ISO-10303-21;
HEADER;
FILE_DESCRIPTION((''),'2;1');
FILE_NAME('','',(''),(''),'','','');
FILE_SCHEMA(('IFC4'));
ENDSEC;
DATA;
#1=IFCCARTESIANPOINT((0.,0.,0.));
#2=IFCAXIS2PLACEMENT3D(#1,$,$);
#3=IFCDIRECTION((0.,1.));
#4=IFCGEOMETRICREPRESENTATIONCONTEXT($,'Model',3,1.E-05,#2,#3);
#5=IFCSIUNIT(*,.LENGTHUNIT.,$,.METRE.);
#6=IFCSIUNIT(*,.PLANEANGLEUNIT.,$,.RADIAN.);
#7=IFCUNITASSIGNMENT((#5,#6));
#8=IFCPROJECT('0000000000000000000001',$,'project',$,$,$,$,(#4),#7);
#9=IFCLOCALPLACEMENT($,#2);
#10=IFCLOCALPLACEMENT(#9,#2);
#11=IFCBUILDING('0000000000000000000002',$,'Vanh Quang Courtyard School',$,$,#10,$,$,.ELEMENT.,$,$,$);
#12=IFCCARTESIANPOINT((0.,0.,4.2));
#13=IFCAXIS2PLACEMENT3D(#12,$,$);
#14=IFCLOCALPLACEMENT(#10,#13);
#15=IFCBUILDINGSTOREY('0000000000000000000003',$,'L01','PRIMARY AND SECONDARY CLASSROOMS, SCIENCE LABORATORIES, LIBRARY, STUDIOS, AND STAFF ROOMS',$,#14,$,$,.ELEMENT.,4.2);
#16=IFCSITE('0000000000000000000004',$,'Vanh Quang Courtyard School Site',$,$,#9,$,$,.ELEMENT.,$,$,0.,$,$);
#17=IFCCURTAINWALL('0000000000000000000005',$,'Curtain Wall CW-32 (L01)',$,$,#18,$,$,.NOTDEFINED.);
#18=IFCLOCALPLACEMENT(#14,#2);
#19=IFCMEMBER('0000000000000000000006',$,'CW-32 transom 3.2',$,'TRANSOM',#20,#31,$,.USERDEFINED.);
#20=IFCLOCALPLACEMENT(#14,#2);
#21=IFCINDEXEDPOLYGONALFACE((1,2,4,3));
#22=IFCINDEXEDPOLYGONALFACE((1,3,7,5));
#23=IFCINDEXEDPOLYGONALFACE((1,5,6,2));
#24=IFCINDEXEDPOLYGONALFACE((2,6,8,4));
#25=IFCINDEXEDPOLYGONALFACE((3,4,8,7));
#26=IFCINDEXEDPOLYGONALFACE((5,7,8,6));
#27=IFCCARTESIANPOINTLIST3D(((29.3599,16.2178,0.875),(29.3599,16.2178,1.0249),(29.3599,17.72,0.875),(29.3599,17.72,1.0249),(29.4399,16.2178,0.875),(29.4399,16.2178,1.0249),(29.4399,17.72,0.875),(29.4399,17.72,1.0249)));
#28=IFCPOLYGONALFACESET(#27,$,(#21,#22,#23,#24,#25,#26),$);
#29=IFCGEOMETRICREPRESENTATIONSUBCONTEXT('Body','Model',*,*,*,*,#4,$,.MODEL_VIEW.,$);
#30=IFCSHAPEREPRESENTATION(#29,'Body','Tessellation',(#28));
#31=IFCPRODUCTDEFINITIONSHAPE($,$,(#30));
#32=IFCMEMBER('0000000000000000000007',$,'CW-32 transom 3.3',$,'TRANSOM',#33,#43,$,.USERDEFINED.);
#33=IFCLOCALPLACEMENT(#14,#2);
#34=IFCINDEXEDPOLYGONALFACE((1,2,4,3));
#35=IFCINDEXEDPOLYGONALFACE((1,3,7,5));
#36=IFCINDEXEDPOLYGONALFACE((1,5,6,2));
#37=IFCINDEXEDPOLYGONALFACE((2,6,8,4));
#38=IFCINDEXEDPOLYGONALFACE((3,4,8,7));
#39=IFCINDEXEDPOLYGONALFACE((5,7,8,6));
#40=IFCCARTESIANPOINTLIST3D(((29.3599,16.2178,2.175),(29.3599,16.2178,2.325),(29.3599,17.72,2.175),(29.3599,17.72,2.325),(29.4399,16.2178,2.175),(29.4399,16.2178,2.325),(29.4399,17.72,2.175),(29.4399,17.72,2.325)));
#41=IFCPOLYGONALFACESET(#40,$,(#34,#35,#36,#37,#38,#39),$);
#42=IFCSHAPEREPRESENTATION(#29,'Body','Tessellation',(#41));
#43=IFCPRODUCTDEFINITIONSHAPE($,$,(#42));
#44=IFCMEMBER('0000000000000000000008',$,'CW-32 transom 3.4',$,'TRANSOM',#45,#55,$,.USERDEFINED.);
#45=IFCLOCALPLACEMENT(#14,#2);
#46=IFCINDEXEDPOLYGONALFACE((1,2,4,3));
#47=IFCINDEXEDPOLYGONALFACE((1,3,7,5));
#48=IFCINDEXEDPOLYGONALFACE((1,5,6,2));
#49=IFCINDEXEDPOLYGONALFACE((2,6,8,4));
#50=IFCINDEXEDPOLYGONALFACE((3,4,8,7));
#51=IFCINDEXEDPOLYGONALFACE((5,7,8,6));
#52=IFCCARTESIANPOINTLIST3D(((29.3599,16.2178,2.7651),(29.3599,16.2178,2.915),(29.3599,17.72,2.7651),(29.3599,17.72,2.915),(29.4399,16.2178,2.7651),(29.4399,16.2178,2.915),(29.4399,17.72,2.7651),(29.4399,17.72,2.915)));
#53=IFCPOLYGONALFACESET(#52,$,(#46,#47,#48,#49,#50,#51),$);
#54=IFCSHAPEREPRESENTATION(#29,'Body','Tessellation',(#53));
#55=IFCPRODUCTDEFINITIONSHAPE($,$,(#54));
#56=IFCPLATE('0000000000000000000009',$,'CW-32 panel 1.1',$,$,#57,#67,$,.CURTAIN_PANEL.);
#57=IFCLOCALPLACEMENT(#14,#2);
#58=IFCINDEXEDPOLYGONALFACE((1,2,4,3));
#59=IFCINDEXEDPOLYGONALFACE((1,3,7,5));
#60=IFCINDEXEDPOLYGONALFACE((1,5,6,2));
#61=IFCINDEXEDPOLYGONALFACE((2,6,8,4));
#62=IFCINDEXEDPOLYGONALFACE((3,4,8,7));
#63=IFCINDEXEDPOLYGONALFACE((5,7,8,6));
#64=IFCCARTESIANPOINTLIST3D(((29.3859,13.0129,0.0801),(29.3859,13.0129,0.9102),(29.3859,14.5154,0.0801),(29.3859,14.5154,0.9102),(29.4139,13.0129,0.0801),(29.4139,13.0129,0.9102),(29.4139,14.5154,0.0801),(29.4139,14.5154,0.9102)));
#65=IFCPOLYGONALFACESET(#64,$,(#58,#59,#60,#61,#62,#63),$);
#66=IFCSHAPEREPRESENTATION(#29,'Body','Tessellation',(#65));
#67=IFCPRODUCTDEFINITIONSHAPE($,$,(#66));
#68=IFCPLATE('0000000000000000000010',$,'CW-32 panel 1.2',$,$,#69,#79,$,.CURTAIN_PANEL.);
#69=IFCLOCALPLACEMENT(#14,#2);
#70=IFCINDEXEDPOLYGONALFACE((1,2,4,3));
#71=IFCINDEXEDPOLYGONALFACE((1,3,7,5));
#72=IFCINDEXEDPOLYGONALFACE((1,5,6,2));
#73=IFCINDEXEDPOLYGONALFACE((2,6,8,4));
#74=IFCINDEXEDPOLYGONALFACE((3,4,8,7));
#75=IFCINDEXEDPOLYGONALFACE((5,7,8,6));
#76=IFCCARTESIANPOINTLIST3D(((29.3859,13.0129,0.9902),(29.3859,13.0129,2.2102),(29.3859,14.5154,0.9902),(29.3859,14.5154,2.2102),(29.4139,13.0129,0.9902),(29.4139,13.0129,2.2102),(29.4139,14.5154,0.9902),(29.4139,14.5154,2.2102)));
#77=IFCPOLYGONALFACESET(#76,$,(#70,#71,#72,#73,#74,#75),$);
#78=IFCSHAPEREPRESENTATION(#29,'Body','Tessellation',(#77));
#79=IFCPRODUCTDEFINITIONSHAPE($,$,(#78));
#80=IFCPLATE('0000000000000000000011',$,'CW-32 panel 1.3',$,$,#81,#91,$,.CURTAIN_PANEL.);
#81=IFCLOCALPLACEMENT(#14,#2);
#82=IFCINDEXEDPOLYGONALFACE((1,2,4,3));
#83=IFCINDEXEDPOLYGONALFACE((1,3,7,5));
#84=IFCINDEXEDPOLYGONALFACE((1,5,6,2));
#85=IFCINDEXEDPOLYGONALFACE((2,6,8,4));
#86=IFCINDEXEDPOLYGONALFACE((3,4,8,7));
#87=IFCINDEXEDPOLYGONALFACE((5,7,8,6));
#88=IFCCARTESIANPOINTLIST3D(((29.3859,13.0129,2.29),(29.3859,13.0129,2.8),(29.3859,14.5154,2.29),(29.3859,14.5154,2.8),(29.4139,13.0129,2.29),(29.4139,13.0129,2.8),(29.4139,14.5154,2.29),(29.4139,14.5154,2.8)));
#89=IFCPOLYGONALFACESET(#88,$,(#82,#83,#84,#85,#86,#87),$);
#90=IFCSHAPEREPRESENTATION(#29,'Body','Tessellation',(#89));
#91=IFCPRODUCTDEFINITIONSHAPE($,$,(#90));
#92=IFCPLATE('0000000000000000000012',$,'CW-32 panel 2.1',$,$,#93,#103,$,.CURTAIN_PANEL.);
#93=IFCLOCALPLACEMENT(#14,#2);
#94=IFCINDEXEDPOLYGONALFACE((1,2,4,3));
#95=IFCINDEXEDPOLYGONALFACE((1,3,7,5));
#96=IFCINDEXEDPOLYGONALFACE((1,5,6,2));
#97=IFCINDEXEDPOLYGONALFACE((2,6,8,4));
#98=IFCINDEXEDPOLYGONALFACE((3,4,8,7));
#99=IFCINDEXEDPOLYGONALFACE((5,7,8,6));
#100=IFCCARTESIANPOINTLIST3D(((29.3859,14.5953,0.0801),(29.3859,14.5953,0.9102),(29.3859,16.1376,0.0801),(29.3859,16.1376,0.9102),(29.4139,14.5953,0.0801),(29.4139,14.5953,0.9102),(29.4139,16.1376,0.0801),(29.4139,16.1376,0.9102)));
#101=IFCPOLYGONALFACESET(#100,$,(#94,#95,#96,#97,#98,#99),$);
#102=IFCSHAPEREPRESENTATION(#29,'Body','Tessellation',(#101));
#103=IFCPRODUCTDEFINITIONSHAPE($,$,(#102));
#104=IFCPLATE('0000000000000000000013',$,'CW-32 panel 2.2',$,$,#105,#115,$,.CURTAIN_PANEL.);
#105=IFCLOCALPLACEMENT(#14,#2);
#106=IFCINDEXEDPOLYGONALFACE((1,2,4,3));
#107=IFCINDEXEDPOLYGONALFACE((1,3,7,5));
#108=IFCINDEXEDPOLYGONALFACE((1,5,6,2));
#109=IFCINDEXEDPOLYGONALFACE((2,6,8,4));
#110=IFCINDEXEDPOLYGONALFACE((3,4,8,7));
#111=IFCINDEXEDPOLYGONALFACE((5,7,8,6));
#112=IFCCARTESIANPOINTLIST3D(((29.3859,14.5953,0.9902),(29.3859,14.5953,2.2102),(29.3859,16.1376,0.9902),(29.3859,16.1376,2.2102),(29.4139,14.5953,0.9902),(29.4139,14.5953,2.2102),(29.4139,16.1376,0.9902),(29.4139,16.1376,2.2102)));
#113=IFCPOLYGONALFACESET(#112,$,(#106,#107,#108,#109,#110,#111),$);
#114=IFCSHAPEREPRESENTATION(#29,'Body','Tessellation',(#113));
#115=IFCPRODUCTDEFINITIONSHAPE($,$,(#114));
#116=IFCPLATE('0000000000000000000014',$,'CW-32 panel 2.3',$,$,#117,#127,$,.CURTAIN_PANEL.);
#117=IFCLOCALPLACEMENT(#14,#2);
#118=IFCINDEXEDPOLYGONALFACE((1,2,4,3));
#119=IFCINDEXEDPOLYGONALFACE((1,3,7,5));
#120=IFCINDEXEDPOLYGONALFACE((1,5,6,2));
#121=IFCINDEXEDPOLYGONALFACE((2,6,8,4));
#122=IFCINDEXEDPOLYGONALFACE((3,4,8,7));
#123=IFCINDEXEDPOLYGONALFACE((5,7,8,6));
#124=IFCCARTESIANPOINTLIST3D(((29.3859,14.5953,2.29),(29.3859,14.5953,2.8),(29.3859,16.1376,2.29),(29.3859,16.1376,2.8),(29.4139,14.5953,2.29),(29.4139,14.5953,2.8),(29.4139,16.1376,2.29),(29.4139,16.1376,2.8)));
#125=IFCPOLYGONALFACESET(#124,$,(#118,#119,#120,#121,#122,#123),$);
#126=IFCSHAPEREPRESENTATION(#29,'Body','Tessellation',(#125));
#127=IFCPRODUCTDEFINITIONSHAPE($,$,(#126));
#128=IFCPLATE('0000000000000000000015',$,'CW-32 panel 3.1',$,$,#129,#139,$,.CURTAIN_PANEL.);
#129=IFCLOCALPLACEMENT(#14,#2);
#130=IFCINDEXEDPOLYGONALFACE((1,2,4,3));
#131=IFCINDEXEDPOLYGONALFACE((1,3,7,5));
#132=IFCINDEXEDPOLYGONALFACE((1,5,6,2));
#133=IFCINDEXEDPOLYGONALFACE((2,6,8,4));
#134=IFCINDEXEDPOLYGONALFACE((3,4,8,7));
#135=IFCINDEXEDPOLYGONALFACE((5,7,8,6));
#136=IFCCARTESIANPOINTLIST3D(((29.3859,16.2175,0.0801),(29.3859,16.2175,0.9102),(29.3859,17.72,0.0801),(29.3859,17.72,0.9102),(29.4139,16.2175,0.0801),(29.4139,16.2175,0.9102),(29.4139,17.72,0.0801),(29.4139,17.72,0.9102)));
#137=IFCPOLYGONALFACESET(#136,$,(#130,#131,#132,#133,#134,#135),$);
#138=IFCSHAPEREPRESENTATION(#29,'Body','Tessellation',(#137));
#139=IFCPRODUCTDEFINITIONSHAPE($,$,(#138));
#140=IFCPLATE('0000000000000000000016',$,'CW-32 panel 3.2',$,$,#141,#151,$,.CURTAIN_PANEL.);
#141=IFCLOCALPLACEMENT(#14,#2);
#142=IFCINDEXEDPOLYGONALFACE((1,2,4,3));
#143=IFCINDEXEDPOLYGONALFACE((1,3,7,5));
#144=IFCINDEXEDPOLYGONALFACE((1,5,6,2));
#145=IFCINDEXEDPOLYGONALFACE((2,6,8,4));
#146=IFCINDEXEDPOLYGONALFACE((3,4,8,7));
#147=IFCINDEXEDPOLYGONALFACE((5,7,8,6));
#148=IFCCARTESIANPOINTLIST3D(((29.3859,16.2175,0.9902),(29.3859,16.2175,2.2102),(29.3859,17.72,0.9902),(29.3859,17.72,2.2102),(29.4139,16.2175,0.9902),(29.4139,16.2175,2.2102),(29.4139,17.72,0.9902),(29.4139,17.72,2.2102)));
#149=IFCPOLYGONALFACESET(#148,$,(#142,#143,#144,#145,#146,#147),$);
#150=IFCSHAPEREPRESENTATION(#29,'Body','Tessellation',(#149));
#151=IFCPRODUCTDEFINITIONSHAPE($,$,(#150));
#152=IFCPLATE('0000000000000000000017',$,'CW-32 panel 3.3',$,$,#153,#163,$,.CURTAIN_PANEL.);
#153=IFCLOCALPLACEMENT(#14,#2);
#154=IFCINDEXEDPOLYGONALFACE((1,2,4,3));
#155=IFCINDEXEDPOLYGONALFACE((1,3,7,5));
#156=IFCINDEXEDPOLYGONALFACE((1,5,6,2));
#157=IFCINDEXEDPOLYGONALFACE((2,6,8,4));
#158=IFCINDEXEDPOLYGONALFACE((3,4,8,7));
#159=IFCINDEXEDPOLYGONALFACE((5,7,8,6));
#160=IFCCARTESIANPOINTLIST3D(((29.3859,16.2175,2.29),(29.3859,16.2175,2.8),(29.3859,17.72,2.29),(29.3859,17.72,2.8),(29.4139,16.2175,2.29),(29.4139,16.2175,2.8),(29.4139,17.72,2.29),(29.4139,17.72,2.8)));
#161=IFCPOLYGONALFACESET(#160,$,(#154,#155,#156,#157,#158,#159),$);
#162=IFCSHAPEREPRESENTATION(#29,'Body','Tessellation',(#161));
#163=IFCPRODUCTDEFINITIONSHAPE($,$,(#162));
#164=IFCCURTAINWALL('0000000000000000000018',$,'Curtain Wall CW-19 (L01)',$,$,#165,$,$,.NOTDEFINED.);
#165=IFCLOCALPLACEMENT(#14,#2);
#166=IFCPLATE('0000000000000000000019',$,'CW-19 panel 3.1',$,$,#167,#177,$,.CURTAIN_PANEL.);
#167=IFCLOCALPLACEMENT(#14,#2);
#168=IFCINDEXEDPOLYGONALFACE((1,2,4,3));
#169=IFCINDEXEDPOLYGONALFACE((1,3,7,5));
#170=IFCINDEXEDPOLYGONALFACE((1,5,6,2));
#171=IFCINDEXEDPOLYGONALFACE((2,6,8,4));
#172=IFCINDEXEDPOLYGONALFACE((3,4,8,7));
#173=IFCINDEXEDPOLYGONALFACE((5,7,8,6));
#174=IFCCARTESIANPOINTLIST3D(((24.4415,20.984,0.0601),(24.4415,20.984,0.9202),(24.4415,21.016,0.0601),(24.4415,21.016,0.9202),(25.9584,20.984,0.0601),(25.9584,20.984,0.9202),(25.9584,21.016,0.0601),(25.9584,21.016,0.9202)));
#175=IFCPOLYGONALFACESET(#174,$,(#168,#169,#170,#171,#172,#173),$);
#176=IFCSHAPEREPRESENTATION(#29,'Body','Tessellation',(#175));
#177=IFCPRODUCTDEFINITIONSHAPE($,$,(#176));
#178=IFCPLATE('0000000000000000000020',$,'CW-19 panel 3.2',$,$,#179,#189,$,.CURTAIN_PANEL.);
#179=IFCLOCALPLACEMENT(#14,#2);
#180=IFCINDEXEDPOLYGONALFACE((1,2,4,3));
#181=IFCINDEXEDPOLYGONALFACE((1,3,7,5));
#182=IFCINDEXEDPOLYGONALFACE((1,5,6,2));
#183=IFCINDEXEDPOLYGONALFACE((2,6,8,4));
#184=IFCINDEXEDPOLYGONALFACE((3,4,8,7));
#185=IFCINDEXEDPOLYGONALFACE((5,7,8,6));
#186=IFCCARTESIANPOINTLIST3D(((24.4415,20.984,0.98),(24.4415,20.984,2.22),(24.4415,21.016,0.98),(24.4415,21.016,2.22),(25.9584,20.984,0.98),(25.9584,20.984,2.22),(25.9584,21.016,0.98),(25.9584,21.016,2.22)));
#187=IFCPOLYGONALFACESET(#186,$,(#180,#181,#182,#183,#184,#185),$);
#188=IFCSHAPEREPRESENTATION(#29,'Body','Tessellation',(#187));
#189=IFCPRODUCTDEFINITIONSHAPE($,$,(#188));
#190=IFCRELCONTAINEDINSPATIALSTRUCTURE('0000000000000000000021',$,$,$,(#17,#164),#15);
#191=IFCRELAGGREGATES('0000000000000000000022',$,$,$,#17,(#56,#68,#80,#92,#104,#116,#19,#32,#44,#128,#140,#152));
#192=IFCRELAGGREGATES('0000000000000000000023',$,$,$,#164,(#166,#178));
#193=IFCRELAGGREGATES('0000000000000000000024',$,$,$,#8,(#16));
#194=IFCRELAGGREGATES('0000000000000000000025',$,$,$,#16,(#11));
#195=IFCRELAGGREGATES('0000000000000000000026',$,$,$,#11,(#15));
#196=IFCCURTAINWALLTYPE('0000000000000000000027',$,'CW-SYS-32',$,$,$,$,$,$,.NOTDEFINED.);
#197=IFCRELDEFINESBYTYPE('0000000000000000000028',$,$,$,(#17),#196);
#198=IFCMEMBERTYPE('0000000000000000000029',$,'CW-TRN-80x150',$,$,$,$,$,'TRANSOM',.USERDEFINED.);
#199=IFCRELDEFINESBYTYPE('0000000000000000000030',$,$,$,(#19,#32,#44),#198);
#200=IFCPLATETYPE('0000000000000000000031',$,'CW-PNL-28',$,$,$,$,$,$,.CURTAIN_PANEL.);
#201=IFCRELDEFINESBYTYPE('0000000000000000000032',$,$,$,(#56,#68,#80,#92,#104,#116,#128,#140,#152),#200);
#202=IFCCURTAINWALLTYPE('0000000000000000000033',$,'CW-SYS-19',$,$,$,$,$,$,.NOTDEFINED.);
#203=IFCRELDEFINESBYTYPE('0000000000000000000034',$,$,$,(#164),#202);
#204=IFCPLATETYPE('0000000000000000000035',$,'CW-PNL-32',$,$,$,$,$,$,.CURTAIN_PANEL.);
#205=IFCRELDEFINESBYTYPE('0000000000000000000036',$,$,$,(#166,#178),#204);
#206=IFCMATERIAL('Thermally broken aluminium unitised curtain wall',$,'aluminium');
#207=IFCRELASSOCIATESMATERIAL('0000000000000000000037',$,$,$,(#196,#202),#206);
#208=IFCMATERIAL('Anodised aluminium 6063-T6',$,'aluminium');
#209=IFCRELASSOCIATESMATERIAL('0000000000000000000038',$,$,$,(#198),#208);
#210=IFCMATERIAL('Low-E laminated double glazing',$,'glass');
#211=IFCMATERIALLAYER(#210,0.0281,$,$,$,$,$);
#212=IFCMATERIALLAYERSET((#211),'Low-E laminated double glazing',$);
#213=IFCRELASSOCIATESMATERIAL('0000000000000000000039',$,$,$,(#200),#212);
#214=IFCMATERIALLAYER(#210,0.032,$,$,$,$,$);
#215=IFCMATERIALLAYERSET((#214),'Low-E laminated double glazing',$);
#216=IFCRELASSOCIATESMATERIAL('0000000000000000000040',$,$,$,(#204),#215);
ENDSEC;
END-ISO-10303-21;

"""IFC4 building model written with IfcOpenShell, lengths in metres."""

from ifc_helpers import new_model, si_unit, direction, frame, origin, origin_2d, place, context, subcontext, project, spatial, rectangle, extrude, material, layer, layer_set, material_profile, profile_set, type_object, element, aggregate, save


model = new_model("IFC4")

# Units and contexts
model_context = context("Model", 3, precision=1e-05, world=origin(), true_north=direction((0.0, 1.0)))
body_context = subcontext(model_context, "Body", "Model", "MODEL_VIEW")
ifc_project = project(units=[si_unit("LENGTHUNIT", "METRE"), si_unit("PLANEANGLEUNIT", "RADIAN")], contexts=[model_context])

# Site, building, storey
site_placement = place(None, origin())
site = spatial("IfcSite", under=ifc_project, at=site_placement, Name="Vanh Quang Courtyard School Site", CompositionType="ELEMENT", RefElevation=0.0)
building_placement = place(site_placement, origin())
building = spatial("IfcBuilding", under=site, at=building_placement, Name="Vanh Quang Courtyard School", CompositionType="ELEMENT")
storey_placement = place(building_placement, frame((0.0, 0.0, 4.2)))
storey = spatial("IfcBuildingStorey", under=building, at=storey_placement, Name="L01", Description="PRIMARY AND SECONDARY CLASSROOMS, SCIENCE LABORATORIES, LIBRARY, STUDIOS, AND STAFF ROOMS", CompositionType="ELEMENT", Elevation=4.2)

# Curtain wall, members, plates
ifc_material_1 = material(Name="Thermally broken aluminium unitised curtain wall", Category="aluminium")
curtain_wall_type_1 = type_object("IfcCurtainWallType", Name="CW-SYS-32", PredefinedType="NOTDEFINED", material=ifc_material_1)
curtain_wall_1_placement = place(storey_placement, origin())
curtain_wall_1 = element("IfcCurtainWall", 1, at=curtain_wall_1_placement, inside=storey, type_object=curtain_wall_type_1, Name="Curtain Wall CW-32 (L01)", PredefinedType="NOTDEFINED")
ifc_material_2 = material(Name="Anodised aluminium 6063-T6", Category="aluminium")
ifc_material_profile_1 = material_profile(ifc_material_2, rectangle(XDim=0.0801, YDim=0.1499, at=origin_2d()), Name="ALU-TRN 80x150")
ifc_profile_set_1 = profile_set([ifc_material_profile_1], Name="Anodised aluminium 6063-T6")
member_type_1 = type_object("IfcMemberType", Name="CW-TRN-80x150", ElementType="TRANSOM", PredefinedType="USERDEFINED", material=ifc_profile_set_1)
member_1_placement = place(storey_placement, frame((29.3999, 16.2178, 0.95), z_axis=(0.0, 1.0, 0.0), x_axis=(-1.0, 0.0, 0.0)))
member_1 = element("IfcMember", 2, at=member_1_placement, type_object=member_type_1, Name="CW-32 transom 3.2", ObjectType="TRANSOM", PredefinedType="USERDEFINED", context=body_context, shape_type="SweptSolid", body=[
    extrude(rectangle(XDim=0.0801, YDim=0.1499, at=origin_2d()), origin(), (0.0, 0.0, 1.0), 1.5022),
])
member_2_placement = place(storey_placement, frame((29.3999, 16.2178, 2.25), z_axis=(0.0, 1.0, 0.0), x_axis=(-1.0, 0.0, 0.0)))
member_2 = element("IfcMember", 3, at=member_2_placement, type_object=member_type_1, Name="CW-32 transom 3.3", ObjectType="TRANSOM", PredefinedType="USERDEFINED", context=body_context, shape_type="SweptSolid", body=[
    extrude(rectangle(XDim=0.0801, YDim=0.1499, at=origin_2d()), origin(), (0.0, 0.0, 1.0), 1.5022),
])
member_3_placement = place(storey_placement, frame((29.3999, 16.2178, 2.8401), z_axis=(0.0, 1.0, 0.0), x_axis=(-1.0, 0.0, 0.0)))
member_3 = element("IfcMember", 4, at=member_3_placement, type_object=member_type_1, Name="CW-32 transom 3.4", ObjectType="TRANSOM", PredefinedType="USERDEFINED", context=body_context, shape_type="SweptSolid", body=[
    extrude(rectangle(XDim=0.0801, YDim=0.1499, at=origin_2d()), origin(), (0.0, 0.0, 1.0), 1.5022),
])
ifc_material_3 = material(Name="Low-E laminated double glazing", Category="glass")
ifc_layer_1 = layer(ifc_material_3, 0.0281)
ifc_layer_set_1 = layer_set([ifc_layer_1], Name="Low-E laminated double glazing")
plate_type_1 = type_object("IfcPlateType", Name="CW-PNL-28", PredefinedType="CURTAIN_PANEL", material=ifc_layer_set_1)
plate_1_placement = place(storey_placement, frame((29.3999, 13.7642, 0.0801), z_axis=(0.0, 0.0, 1.0), x_axis=(0.0, 1.0, 0.0)))
plate_1 = element("IfcPlate", 5, at=plate_1_placement, type_object=plate_type_1, Name="CW-32 panel 1.1", PredefinedType="CURTAIN_PANEL", context=body_context, shape_type="SweptSolid", body=[
    extrude(rectangle(XDim=1.5024, YDim=0.0281, at=origin_2d()), origin(), (0.0, 0.0, 1.0), 0.8301),
])
plate_2_placement = place(storey_placement, frame((29.3999, 13.7642, 0.9902), z_axis=(0.0, 0.0, 1.0), x_axis=(0.0, 1.0, 0.0)))
plate_2 = element("IfcPlate", 6, at=plate_2_placement, type_object=plate_type_1, Name="CW-32 panel 1.2", PredefinedType="CURTAIN_PANEL", context=body_context, shape_type="SweptSolid", body=[
    extrude(rectangle(XDim=1.5024, YDim=0.0281, at=origin_2d()), origin(), (0.0, 0.0, 1.0), 1.22),
])
plate_3_placement = place(storey_placement, frame((29.3999, 13.7642, 2.29), z_axis=(0.0, 0.0, 1.0), x_axis=(0.0, 1.0, 0.0)))
plate_3 = element("IfcPlate", 7, at=plate_3_placement, type_object=plate_type_1, Name="CW-32 panel 1.3", PredefinedType="CURTAIN_PANEL", context=body_context, shape_type="SweptSolid", body=[
    extrude(rectangle(XDim=1.5024, YDim=0.0281, at=origin_2d()), origin(), (0.0, 0.0, 1.0), 0.51),
])
plate_4_placement = place(storey_placement, frame((29.3999, 15.3665, 0.0801), z_axis=(0.0, 0.0, 1.0), x_axis=(0.0, 1.0, 0.0)))
plate_4 = element("IfcPlate", 8, at=plate_4_placement, type_object=plate_type_1, Name="CW-32 panel 2.1", PredefinedType="CURTAIN_PANEL", context=body_context, shape_type="SweptSolid", body=[
    extrude(rectangle(XDim=1.5422, YDim=0.0281, at=origin_2d()), origin(), (0.0, 0.0, 1.0), 0.8301),
])
plate_5_placement = place(storey_placement, frame((29.3999, 15.3665, 0.9902), z_axis=(0.0, 0.0, 1.0), x_axis=(0.0, 1.0, 0.0)))
plate_5 = element("IfcPlate", 9, at=plate_5_placement, type_object=plate_type_1, Name="CW-32 panel 2.2", PredefinedType="CURTAIN_PANEL", context=body_context, shape_type="SweptSolid", body=[
    extrude(rectangle(XDim=1.5422, YDim=0.0281, at=origin_2d()), origin(), (0.0, 0.0, 1.0), 1.22),
])
plate_6_placement = place(storey_placement, frame((29.3999, 15.3665, 2.29), z_axis=(0.0, 0.0, 1.0), x_axis=(0.0, 1.0, 0.0)))
plate_6 = element("IfcPlate", 10, at=plate_6_placement, type_object=plate_type_1, Name="CW-32 panel 2.3", PredefinedType="CURTAIN_PANEL", context=body_context, shape_type="SweptSolid", body=[
    extrude(rectangle(XDim=1.5422, YDim=0.0281, at=origin_2d()), origin(), (0.0, 0.0, 1.0), 0.51),
])
plate_7_placement = place(storey_placement, frame((29.3999, 16.9688, 0.0801), z_axis=(0.0, 0.0, 1.0), x_axis=(0.0, 1.0, 0.0)))
plate_7 = element("IfcPlate", 11, at=plate_7_placement, type_object=plate_type_1, Name="CW-32 panel 3.1", PredefinedType="CURTAIN_PANEL", context=body_context, shape_type="SweptSolid", body=[
    extrude(rectangle(XDim=1.5024, YDim=0.0281, at=origin_2d()), origin(), (0.0, 0.0, 1.0), 0.8301),
])
plate_8_placement = place(storey_placement, frame((29.3999, 16.9688, 0.9902), z_axis=(0.0, 0.0, 1.0), x_axis=(0.0, 1.0, 0.0)))
plate_8 = element("IfcPlate", 12, at=plate_8_placement, type_object=plate_type_1, Name="CW-32 panel 3.2", PredefinedType="CURTAIN_PANEL", context=body_context, shape_type="SweptSolid", body=[
    extrude(rectangle(XDim=1.5024, YDim=0.0281, at=origin_2d()), origin(), (0.0, 0.0, 1.0), 1.22),
])
plate_9_placement = place(storey_placement, frame((29.3999, 16.9688, 2.29), z_axis=(0.0, 0.0, 1.0), x_axis=(0.0, 1.0, 0.0)))
plate_9 = element("IfcPlate", 13, at=plate_9_placement, type_object=plate_type_1, Name="CW-32 panel 3.3", PredefinedType="CURTAIN_PANEL", context=body_context, shape_type="SweptSolid", body=[
    extrude(rectangle(XDim=1.5024, YDim=0.0281, at=origin_2d()), origin(), (0.0, 0.0, 1.0), 0.51),
])
aggregate(curtain_wall_1, [plate_1, plate_2, plate_3, plate_4, plate_5, plate_6, member_1, member_2, member_3, plate_7, plate_8, plate_9])

# Curtain wall, plates
curtain_wall_type_2 = type_object("IfcCurtainWallType", Name="CW-SYS-19", PredefinedType="NOTDEFINED", material=ifc_material_1)
curtain_wall_2_placement = place(storey_placement, origin())
curtain_wall_2 = element("IfcCurtainWall", 14, at=curtain_wall_2_placement, inside=storey, type_object=curtain_wall_type_2, Name="Curtain Wall CW-19 (L01)", PredefinedType="NOTDEFINED")
ifc_layer_2 = layer(ifc_material_3, 0.032)
ifc_layer_set_2 = layer_set([ifc_layer_2], Name="Low-E laminated double glazing")
plate_type_2 = type_object("IfcPlateType", Name="CW-PNL-32", PredefinedType="CURTAIN_PANEL", material=ifc_layer_set_2)
plate_10_placement = place(storey_placement, frame((25.2, 21.0, 0.0601), z_axis=(0.0, 0.0, 1.0), x_axis=(1.0, 0.0, 0.0)))
plate_10 = element("IfcPlate", 15, at=plate_10_placement, type_object=plate_type_2, Name="CW-19 panel 3.1", PredefinedType="CURTAIN_PANEL", context=body_context, shape_type="SweptSolid", body=[
    extrude(rectangle(XDim=1.5168, YDim=0.032, at=origin_2d()), origin(), (0.0, 0.0, 1.0), 0.8601),
])
plate_11_placement = place(storey_placement, frame((25.2, 21.0, 0.98), z_axis=(0.0, 0.0, 1.0), x_axis=(1.0, 0.0, 0.0)))
plate_11 = element("IfcPlate", 16, at=plate_11_placement, type_object=plate_type_2, Name="CW-19 panel 3.2", PredefinedType="CURTAIN_PANEL", context=body_context, shape_type="SweptSolid", body=[
    extrude(rectangle(XDim=1.5168, YDim=0.032, at=origin_2d()), origin(), (0.0, 0.0, 1.0), 1.24),
])
aggregate(curtain_wall_2, [plate_10, plate_11])

save(model, "model.ifc")
